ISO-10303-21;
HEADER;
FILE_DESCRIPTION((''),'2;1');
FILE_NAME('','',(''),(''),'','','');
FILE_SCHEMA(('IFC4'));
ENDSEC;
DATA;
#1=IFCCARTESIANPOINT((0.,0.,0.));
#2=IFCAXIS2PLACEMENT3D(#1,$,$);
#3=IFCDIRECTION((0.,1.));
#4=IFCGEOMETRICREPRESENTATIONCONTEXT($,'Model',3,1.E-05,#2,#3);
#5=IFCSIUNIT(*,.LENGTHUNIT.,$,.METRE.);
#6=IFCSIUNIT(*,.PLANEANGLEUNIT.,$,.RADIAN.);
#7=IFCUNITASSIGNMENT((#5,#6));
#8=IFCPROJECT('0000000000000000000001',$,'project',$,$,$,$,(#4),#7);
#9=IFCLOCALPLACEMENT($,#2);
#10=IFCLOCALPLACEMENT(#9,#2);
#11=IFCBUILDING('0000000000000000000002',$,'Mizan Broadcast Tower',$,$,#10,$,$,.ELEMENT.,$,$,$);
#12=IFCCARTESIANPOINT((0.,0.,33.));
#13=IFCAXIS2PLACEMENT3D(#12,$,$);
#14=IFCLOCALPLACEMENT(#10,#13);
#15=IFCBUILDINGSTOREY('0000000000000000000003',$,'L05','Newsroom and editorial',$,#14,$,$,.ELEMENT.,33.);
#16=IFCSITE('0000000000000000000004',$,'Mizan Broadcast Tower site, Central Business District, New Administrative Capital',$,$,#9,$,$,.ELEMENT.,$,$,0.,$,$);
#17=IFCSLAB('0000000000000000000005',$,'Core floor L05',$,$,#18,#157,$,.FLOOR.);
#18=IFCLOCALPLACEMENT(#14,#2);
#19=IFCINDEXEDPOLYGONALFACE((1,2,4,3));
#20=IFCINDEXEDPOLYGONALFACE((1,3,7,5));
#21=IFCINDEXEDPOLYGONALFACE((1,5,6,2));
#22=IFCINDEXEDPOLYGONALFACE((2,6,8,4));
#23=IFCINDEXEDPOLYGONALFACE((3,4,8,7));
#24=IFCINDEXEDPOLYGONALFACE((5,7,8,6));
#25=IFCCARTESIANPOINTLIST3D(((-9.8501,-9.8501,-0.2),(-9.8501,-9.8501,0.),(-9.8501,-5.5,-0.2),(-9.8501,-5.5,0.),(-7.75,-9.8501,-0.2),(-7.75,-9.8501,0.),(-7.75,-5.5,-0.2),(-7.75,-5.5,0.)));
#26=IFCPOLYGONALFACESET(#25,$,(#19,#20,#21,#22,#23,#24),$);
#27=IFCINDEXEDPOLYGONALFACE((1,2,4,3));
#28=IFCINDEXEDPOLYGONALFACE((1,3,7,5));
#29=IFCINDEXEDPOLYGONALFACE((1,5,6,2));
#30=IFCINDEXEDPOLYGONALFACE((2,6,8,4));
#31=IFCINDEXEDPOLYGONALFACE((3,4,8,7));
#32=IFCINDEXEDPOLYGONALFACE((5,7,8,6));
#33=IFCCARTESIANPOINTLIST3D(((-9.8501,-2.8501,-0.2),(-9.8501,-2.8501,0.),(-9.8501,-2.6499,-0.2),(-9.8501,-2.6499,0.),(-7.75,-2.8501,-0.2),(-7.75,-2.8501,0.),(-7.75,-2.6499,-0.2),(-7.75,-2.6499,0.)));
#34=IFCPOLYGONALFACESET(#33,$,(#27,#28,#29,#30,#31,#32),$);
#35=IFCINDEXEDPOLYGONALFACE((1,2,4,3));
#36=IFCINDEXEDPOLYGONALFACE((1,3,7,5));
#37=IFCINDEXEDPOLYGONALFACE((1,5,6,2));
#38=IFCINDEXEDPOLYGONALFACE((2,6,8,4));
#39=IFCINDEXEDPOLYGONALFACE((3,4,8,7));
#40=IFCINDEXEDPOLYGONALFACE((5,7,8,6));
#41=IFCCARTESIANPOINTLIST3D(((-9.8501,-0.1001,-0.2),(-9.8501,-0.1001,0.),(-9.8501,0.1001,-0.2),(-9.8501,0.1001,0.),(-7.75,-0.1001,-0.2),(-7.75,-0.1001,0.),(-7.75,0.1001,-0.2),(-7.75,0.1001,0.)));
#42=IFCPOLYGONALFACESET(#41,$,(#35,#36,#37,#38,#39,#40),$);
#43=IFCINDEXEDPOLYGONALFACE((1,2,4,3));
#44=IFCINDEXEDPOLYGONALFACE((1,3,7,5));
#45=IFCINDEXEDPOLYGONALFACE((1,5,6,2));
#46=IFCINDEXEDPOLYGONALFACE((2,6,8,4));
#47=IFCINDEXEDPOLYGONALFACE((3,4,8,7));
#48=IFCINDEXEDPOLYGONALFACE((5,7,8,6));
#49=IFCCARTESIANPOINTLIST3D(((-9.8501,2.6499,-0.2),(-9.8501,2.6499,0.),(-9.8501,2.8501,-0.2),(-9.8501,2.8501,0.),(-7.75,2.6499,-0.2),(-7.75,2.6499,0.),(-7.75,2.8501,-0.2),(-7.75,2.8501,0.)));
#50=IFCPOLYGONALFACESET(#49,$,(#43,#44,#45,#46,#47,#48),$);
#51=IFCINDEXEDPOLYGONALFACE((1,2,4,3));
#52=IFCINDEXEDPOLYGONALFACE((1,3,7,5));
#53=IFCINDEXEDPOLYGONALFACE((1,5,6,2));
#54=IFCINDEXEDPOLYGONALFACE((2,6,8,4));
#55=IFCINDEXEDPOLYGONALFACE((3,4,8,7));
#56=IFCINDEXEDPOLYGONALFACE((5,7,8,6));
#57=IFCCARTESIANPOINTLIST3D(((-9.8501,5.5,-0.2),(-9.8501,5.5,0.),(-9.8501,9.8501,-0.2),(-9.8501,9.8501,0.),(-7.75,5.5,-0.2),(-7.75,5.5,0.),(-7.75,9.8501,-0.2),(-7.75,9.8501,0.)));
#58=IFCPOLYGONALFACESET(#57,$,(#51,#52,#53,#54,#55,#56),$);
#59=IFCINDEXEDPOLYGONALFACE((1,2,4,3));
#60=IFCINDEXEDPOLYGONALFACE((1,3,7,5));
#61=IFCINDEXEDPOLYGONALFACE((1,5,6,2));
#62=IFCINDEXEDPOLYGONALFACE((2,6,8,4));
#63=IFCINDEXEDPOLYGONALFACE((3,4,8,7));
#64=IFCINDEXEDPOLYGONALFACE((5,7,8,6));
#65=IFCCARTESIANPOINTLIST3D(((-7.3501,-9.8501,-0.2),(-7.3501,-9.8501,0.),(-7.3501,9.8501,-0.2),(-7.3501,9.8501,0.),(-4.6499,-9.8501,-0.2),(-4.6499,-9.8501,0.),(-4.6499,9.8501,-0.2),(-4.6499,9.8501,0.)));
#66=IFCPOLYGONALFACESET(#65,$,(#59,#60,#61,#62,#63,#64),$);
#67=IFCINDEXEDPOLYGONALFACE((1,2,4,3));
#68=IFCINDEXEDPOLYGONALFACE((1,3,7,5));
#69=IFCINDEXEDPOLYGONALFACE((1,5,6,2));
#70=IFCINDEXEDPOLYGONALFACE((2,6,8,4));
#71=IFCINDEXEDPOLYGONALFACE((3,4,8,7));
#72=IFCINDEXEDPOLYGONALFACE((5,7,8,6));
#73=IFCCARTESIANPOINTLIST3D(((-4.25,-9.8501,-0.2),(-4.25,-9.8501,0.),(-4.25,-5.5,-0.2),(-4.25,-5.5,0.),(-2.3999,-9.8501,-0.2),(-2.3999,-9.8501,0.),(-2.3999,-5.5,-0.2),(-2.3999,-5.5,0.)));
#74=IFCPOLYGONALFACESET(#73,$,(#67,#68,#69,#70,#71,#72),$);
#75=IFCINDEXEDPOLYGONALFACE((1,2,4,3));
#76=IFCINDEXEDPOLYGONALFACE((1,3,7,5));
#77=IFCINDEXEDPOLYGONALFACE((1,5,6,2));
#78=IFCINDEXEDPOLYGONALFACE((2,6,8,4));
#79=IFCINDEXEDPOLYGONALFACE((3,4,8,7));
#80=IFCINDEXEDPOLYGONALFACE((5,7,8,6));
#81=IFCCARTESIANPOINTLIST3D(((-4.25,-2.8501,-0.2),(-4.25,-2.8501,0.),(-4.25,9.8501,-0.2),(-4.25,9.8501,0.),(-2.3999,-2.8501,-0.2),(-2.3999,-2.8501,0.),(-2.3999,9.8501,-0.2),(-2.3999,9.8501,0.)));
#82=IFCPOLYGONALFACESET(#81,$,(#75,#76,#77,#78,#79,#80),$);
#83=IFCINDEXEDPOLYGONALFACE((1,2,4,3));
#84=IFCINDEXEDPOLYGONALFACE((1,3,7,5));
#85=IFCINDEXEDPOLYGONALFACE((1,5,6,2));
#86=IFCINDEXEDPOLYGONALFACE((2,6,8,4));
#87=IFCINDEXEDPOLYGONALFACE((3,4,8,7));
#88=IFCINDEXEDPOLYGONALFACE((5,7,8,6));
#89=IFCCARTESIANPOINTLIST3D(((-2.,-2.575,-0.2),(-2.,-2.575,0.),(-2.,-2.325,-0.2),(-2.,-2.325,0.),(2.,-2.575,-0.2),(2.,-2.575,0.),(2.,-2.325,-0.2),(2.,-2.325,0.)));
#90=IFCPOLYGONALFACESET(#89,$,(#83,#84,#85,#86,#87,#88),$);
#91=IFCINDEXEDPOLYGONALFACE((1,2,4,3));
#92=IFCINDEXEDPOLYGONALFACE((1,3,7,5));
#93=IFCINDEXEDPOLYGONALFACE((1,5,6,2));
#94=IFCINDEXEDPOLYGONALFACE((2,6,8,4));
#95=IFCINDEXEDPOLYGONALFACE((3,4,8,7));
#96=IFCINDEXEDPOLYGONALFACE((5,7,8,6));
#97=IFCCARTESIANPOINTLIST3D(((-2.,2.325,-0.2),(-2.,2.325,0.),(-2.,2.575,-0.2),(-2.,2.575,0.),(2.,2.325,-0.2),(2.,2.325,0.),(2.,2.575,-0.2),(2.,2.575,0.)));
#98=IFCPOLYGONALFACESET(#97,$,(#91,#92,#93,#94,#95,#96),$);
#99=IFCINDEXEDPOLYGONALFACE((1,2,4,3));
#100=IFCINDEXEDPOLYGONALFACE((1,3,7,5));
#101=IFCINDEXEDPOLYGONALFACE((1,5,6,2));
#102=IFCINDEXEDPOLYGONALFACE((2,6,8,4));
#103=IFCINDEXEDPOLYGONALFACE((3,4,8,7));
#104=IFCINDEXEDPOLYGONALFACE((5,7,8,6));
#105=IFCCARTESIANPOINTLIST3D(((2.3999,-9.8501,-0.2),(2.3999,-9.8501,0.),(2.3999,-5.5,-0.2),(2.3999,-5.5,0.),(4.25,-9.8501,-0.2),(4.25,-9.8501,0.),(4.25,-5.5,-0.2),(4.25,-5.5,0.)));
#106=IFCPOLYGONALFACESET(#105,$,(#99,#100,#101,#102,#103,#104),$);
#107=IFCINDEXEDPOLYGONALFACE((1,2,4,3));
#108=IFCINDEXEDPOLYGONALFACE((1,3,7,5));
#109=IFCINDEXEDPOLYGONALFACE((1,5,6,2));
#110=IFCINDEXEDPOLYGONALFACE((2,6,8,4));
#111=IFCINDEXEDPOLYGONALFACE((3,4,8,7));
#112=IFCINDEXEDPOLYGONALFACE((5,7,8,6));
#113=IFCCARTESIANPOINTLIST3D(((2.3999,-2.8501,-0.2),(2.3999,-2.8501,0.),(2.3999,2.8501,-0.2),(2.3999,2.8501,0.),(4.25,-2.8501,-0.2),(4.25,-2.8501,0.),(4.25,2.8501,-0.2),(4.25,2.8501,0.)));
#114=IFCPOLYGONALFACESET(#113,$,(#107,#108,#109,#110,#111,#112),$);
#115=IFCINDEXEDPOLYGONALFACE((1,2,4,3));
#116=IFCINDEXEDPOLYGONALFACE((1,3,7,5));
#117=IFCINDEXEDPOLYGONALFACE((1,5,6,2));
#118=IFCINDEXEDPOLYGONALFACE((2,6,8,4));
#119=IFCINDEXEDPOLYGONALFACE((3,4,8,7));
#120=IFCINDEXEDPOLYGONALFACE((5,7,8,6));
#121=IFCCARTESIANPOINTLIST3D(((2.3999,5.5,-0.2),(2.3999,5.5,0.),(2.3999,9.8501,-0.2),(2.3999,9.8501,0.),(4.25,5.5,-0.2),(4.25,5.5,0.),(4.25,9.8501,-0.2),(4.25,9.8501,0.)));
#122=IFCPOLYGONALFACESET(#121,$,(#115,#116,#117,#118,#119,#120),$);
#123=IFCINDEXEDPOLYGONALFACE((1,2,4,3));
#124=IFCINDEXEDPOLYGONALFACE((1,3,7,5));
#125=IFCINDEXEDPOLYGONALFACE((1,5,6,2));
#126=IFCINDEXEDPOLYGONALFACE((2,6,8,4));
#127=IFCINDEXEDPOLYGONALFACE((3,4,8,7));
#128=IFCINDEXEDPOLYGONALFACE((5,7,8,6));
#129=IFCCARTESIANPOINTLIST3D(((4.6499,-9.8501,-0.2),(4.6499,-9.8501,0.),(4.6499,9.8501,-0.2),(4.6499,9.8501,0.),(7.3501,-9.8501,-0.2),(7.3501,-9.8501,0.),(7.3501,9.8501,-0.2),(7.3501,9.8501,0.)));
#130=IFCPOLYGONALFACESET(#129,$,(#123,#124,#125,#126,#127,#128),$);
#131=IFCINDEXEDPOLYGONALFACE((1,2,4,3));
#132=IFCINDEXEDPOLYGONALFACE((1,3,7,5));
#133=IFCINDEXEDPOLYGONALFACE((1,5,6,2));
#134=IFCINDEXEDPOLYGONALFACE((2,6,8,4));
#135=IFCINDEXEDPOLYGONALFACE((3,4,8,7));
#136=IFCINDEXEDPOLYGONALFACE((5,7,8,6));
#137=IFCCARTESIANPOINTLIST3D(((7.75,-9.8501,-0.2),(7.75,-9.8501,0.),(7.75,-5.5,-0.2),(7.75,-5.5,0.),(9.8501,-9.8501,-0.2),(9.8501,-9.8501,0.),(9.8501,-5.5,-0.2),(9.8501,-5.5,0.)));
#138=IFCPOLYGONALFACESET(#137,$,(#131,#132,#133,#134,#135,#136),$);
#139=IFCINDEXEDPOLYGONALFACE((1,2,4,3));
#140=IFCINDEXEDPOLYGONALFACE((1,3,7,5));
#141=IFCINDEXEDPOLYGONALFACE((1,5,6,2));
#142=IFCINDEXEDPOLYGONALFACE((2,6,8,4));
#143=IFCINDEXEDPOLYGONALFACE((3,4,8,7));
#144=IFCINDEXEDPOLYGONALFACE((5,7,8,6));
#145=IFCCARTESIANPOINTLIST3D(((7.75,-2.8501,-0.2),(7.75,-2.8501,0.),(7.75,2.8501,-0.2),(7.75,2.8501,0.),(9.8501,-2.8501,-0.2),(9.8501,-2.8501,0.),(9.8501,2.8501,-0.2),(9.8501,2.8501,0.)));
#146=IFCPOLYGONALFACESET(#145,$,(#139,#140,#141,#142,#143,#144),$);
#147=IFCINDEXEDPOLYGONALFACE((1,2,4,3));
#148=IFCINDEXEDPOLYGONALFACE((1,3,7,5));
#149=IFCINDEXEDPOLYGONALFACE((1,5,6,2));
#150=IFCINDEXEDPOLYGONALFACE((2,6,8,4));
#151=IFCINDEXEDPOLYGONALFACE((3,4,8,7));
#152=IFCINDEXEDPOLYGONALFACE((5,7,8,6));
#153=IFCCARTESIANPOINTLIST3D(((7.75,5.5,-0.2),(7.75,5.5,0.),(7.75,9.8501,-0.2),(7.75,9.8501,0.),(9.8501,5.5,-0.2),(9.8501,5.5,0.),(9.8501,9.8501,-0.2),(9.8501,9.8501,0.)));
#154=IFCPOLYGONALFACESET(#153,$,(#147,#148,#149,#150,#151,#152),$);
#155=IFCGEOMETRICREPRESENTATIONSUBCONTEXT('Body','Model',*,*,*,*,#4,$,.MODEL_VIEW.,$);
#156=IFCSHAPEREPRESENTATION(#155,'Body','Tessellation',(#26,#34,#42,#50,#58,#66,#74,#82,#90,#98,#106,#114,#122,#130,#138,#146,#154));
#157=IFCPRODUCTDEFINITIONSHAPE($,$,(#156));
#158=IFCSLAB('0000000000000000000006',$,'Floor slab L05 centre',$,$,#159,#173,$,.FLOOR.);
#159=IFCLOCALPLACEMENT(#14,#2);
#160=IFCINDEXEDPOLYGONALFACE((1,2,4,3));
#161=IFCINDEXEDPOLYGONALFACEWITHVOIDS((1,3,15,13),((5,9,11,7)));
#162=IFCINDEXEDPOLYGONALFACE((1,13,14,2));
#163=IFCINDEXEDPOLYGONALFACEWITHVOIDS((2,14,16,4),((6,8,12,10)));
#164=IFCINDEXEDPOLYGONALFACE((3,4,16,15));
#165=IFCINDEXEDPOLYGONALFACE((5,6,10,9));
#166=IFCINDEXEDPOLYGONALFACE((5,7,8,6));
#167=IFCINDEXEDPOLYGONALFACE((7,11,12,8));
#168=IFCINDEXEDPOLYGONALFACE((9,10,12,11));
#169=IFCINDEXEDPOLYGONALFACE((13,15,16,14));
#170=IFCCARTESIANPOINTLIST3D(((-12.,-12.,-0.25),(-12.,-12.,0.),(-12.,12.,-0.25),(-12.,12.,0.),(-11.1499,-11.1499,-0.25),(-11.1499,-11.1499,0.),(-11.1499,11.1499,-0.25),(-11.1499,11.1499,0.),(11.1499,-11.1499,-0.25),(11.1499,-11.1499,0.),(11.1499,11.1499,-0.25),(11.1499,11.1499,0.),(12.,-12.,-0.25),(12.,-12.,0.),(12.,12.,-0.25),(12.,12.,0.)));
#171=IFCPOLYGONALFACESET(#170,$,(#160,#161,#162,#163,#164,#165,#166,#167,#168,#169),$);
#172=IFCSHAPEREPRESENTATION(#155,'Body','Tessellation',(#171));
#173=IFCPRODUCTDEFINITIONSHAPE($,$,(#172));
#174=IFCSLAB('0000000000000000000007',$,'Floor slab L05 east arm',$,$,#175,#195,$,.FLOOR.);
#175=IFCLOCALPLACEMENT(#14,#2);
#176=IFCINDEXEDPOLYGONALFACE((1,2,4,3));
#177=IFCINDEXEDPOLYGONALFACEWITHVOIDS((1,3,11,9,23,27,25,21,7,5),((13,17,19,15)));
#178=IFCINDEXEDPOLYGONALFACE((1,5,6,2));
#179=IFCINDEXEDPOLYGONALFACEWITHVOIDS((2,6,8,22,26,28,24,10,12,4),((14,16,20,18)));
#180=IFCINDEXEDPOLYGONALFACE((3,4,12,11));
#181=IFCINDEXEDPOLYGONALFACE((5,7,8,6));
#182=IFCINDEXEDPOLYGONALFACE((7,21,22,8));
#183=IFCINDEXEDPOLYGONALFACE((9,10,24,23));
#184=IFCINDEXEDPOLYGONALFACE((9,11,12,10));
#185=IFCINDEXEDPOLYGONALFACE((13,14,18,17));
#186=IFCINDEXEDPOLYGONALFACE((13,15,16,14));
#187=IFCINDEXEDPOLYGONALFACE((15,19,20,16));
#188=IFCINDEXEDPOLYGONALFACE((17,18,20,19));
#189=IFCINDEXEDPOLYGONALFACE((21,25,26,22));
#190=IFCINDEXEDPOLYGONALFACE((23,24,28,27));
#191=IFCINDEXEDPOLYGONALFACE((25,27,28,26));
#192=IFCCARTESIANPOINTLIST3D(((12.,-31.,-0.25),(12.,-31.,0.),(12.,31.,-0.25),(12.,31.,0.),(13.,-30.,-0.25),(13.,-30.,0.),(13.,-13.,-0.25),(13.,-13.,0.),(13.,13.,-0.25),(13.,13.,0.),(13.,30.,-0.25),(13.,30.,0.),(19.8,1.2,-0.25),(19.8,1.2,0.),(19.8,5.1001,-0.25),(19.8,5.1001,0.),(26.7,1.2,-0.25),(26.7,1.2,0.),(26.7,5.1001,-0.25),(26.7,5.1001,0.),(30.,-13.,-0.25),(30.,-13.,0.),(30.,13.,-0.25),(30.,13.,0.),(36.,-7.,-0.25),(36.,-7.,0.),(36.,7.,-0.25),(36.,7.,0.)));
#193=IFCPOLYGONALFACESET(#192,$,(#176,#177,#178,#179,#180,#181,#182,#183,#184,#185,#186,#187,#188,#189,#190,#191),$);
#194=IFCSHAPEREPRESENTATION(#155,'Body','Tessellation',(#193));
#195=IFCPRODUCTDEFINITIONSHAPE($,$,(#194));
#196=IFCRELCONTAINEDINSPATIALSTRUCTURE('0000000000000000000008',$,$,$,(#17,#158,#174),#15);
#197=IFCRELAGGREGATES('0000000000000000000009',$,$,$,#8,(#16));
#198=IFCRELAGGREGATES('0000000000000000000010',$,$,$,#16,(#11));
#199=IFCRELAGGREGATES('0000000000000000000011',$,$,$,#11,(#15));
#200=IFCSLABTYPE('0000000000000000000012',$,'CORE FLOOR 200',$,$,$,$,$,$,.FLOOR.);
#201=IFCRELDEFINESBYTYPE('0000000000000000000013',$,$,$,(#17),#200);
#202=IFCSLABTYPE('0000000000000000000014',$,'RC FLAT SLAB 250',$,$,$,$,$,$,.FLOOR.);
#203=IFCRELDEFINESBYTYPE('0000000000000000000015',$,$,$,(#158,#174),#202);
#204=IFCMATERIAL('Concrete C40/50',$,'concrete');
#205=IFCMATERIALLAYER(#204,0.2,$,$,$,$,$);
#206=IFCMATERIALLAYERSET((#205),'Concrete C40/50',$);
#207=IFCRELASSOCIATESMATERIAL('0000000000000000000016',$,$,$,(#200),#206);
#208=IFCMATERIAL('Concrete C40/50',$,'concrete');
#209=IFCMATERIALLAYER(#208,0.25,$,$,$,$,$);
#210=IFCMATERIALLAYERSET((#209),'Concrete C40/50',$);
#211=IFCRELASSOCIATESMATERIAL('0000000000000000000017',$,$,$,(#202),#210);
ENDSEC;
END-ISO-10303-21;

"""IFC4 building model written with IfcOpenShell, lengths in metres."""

from ifc_helpers import new_model, si_unit, direction, frame, origin, place, context, subcontext, project, spatial, polyline, outline, extrude, material, layer, layer_set, type_object, element, save


model = new_model("IFC4")

# Units and contexts
model_context = context("Model", 3, precision=1e-05, world=origin(), true_north=direction((0.0, 1.0)))
body_context = subcontext(model_context, "Body", "Model", "MODEL_VIEW")
ifc_project = project(units=[si_unit("LENGTHUNIT", "METRE"), si_unit("PLANEANGLEUNIT", "RADIAN")], contexts=[model_context])

# Site, building, storey
site_placement = place(None, origin())
site = spatial("IfcSite", under=ifc_project, at=site_placement, Name="Mizan Broadcast Tower site, Central Business District, New Administrative Capital", CompositionType="ELEMENT", RefElevation=0.0)
building_placement = place(site_placement, origin())
building = spatial("IfcBuilding", under=site, at=building_placement, Name="Mizan Broadcast Tower", CompositionType="ELEMENT")
storey_placement = place(building_placement, frame((0.0, 0.0, 33.0)))
storey = spatial("IfcBuildingStorey", under=building, at=storey_placement, Name="L05", Description="Newsroom and editorial", CompositionType="ELEMENT", Elevation=33.0)

# Slabs
ifc_material_1 = material(Name="Concrete C40/50", Category="concrete")
ifc_layer_1 = layer(ifc_material_1, 0.2)
ifc_layer_set_1 = layer_set([ifc_layer_1], Name="Concrete C40/50")
slab_type_1 = type_object("IfcSlabType", Name="CORE FLOOR 200", PredefinedType="FLOOR", material=ifc_layer_set_1)
slab_1_placement = place(storey_placement, frame((0.0, 0.0, -0.2)))
element("IfcSlab", 1, at=slab_1_placement, inside=storey, type_object=slab_type_1, Name="Core floor L05", PredefinedType="FLOOR", context=body_context, shape_type="SweptSolid", body=[
    extrude(outline(polyline([(-9.8501, -9.8501), (-7.75, -9.8501), (-7.75, -5.5), (-9.8501, -5.5), (-9.8501, -9.8501)])), origin(), (0.0, 0.0, 1.0), 0.2),
    extrude(outline(polyline([(-9.8501, -2.8501), (-7.75, -2.8501), (-7.75, -2.6499), (-9.8501, -2.6499), (-9.8501, -2.8501)])), origin(), (0.0, 0.0, 1.0), 0.2),
    extrude(outline(polyline([(-9.8501, -0.1001), (-7.75, -0.1001), (-7.75, 0.1001), (-9.8501, 0.1001), (-9.8501, -0.1001)])), origin(), (0.0, 0.0, 1.0), 0.2),
    extrude(outline(polyline([(-9.8501, 2.6499), (-7.75, 2.6499), (-7.75, 2.8501), (-9.8501, 2.8501), (-9.8501, 2.6499)])), origin(), (0.0, 0.0, 1.0), 0.2),
    extrude(outline(polyline([(-9.8501, 5.5), (-7.75, 5.5), (-7.75, 9.8501), (-9.8501, 9.8501), (-9.8501, 5.5)])), origin(), (0.0, 0.0, 1.0), 0.2),
    extrude(outline(polyline([(-4.6499, 9.8501), (-7.3501, 9.8501), (-7.3501, -9.8501), (-4.6499, -9.8501), (-4.6499, 9.8501)])), origin(), (0.0, 0.0, 1.0), 0.2),
    extrude(outline(polyline([(-4.25, -5.5), (-4.25, -9.8501), (-2.3999, -9.8501), (-2.3999, -5.5), (-4.25, -5.5)])), origin(), (0.0, 0.0, 1.0), 0.2),
    extrude(outline(polyline([(-4.25, -2.8501), (-2.3999, -2.8501), (-2.3999, 9.8501), (-4.25, 9.8501), (-4.25, -2.8501)])), origin(), (0.0, 0.0, 1.0), 0.2),
    extrude(outline(polyline([(2.0, -2.325), (-2.0, -2.325), (-2.0, -2.575), (2.0, -2.575), (2.0, -2.325)])), origin(), (0.0, 0.0, 1.0), 0.2),
    extrude(outline(polyline([(2.0, 2.575), (-2.0, 2.575), (-2.0, 2.325), (2.0, 2.325), (2.0, 2.575)])), origin(), (0.0, 0.0, 1.0), 0.2),
    extrude(outline(polyline([(4.25, -9.8501), (4.25, -5.5), (2.3999, -5.5), (2.3999, -9.8501), (4.25, -9.8501)])), origin(), (0.0, 0.0, 1.0), 0.2),
    extrude(outline(polyline([(4.25, -2.8501), (4.25, 2.8501), (2.3999, 2.8501), (2.3999, -2.8501), (4.25, -2.8501)])), origin(), (0.0, 0.0, 1.0), 0.2),
    extrude(outline(polyline([(4.25, 5.5), (4.25, 9.8501), (2.3999, 9.8501), (2.3999, 5.5), (4.25, 5.5)])), origin(), (0.0, 0.0, 1.0), 0.2),
    extrude(outline(polyline([(4.6499, 9.8501), (4.6499, -9.8501), (7.3501, -9.8501), (7.3501, 9.8501), (4.6499, 9.8501)])), origin(), (0.0, 0.0, 1.0), 0.2),
    extrude(outline(polyline([(9.8501, -9.8501), (9.8501, -5.5), (7.75, -5.5), (7.75, -9.8501), (9.8501, -9.8501)])), origin(), (0.0, 0.0, 1.0), 0.2),
    extrude(outline(polyline([(7.75, 2.8501), (7.75, -2.8501), (9.8501, -2.8501), (9.8501, 2.8501), (7.75, 2.8501)])), origin(), (0.0, 0.0, 1.0), 0.2),
    extrude(outline(polyline([(9.8501, 5.5), (9.8501, 9.8501), (7.75, 9.8501), (7.75, 5.5), (9.8501, 5.5)])), origin(), (0.0, 0.0, 1.0), 0.2),
])
ifc_material_2 = material(Name="Concrete C40/50", Category="concrete")
ifc_layer_2 = layer(ifc_material_2, 0.25)
ifc_layer_set_2 = layer_set([ifc_layer_2], Name="Concrete C40/50")
slab_type_2 = type_object("IfcSlabType", Name="RC FLAT SLAB 250", PredefinedType="FLOOR", material=ifc_layer_set_2)
slab_2_placement = place(storey_placement, frame((0.0, 0.0, -0.25)))
element("IfcSlab", 2, at=slab_2_placement, inside=storey, type_object=slab_type_2, Name="Floor slab L05 centre", PredefinedType="FLOOR", context=body_context, shape_type="SweptSolid", body=[
    extrude(outline(polyline([(-12.0, -12.0), (12.0, -12.0), (12.0, 12.0), (-12.0, 12.0), (-12.0, -12.0)]), holes=[polyline([(11.1499, 11.1499), (11.1499, -11.1499), (-11.1499, -11.1499), (-11.1499, 11.1499), (11.1499, 11.1499)])]), origin(), (0.0, 0.0, 1.0), 0.25),
])
slab_3_placement = place(storey_placement, frame((0.0, 0.0, -0.25)))
element("IfcSlab", 3, at=slab_3_placement, inside=storey, type_object=slab_type_2, Name="Floor slab L05 east arm", PredefinedType="FLOOR", context=body_context, shape_type="SweptSolid", body=[
    extrude(outline(polyline([(13.0, 30.0), (12.0, 31.0), (12.0, -31.0), (13.0, -30.0), (13.0, -13.0), (30.0, -13.0), (36.0, -7.0), (36.0, 7.0), (30.0, 13.0), (13.0, 13.0), (13.0, 30.0)]), holes=[polyline([(19.8, 1.2), (19.8, 5.1001), (26.7, 5.1001), (26.7, 1.2), (19.8, 1.2)])]), origin(), (0.0, 0.0, 1.0), 0.25),
])

save(model, "model.ifc")
